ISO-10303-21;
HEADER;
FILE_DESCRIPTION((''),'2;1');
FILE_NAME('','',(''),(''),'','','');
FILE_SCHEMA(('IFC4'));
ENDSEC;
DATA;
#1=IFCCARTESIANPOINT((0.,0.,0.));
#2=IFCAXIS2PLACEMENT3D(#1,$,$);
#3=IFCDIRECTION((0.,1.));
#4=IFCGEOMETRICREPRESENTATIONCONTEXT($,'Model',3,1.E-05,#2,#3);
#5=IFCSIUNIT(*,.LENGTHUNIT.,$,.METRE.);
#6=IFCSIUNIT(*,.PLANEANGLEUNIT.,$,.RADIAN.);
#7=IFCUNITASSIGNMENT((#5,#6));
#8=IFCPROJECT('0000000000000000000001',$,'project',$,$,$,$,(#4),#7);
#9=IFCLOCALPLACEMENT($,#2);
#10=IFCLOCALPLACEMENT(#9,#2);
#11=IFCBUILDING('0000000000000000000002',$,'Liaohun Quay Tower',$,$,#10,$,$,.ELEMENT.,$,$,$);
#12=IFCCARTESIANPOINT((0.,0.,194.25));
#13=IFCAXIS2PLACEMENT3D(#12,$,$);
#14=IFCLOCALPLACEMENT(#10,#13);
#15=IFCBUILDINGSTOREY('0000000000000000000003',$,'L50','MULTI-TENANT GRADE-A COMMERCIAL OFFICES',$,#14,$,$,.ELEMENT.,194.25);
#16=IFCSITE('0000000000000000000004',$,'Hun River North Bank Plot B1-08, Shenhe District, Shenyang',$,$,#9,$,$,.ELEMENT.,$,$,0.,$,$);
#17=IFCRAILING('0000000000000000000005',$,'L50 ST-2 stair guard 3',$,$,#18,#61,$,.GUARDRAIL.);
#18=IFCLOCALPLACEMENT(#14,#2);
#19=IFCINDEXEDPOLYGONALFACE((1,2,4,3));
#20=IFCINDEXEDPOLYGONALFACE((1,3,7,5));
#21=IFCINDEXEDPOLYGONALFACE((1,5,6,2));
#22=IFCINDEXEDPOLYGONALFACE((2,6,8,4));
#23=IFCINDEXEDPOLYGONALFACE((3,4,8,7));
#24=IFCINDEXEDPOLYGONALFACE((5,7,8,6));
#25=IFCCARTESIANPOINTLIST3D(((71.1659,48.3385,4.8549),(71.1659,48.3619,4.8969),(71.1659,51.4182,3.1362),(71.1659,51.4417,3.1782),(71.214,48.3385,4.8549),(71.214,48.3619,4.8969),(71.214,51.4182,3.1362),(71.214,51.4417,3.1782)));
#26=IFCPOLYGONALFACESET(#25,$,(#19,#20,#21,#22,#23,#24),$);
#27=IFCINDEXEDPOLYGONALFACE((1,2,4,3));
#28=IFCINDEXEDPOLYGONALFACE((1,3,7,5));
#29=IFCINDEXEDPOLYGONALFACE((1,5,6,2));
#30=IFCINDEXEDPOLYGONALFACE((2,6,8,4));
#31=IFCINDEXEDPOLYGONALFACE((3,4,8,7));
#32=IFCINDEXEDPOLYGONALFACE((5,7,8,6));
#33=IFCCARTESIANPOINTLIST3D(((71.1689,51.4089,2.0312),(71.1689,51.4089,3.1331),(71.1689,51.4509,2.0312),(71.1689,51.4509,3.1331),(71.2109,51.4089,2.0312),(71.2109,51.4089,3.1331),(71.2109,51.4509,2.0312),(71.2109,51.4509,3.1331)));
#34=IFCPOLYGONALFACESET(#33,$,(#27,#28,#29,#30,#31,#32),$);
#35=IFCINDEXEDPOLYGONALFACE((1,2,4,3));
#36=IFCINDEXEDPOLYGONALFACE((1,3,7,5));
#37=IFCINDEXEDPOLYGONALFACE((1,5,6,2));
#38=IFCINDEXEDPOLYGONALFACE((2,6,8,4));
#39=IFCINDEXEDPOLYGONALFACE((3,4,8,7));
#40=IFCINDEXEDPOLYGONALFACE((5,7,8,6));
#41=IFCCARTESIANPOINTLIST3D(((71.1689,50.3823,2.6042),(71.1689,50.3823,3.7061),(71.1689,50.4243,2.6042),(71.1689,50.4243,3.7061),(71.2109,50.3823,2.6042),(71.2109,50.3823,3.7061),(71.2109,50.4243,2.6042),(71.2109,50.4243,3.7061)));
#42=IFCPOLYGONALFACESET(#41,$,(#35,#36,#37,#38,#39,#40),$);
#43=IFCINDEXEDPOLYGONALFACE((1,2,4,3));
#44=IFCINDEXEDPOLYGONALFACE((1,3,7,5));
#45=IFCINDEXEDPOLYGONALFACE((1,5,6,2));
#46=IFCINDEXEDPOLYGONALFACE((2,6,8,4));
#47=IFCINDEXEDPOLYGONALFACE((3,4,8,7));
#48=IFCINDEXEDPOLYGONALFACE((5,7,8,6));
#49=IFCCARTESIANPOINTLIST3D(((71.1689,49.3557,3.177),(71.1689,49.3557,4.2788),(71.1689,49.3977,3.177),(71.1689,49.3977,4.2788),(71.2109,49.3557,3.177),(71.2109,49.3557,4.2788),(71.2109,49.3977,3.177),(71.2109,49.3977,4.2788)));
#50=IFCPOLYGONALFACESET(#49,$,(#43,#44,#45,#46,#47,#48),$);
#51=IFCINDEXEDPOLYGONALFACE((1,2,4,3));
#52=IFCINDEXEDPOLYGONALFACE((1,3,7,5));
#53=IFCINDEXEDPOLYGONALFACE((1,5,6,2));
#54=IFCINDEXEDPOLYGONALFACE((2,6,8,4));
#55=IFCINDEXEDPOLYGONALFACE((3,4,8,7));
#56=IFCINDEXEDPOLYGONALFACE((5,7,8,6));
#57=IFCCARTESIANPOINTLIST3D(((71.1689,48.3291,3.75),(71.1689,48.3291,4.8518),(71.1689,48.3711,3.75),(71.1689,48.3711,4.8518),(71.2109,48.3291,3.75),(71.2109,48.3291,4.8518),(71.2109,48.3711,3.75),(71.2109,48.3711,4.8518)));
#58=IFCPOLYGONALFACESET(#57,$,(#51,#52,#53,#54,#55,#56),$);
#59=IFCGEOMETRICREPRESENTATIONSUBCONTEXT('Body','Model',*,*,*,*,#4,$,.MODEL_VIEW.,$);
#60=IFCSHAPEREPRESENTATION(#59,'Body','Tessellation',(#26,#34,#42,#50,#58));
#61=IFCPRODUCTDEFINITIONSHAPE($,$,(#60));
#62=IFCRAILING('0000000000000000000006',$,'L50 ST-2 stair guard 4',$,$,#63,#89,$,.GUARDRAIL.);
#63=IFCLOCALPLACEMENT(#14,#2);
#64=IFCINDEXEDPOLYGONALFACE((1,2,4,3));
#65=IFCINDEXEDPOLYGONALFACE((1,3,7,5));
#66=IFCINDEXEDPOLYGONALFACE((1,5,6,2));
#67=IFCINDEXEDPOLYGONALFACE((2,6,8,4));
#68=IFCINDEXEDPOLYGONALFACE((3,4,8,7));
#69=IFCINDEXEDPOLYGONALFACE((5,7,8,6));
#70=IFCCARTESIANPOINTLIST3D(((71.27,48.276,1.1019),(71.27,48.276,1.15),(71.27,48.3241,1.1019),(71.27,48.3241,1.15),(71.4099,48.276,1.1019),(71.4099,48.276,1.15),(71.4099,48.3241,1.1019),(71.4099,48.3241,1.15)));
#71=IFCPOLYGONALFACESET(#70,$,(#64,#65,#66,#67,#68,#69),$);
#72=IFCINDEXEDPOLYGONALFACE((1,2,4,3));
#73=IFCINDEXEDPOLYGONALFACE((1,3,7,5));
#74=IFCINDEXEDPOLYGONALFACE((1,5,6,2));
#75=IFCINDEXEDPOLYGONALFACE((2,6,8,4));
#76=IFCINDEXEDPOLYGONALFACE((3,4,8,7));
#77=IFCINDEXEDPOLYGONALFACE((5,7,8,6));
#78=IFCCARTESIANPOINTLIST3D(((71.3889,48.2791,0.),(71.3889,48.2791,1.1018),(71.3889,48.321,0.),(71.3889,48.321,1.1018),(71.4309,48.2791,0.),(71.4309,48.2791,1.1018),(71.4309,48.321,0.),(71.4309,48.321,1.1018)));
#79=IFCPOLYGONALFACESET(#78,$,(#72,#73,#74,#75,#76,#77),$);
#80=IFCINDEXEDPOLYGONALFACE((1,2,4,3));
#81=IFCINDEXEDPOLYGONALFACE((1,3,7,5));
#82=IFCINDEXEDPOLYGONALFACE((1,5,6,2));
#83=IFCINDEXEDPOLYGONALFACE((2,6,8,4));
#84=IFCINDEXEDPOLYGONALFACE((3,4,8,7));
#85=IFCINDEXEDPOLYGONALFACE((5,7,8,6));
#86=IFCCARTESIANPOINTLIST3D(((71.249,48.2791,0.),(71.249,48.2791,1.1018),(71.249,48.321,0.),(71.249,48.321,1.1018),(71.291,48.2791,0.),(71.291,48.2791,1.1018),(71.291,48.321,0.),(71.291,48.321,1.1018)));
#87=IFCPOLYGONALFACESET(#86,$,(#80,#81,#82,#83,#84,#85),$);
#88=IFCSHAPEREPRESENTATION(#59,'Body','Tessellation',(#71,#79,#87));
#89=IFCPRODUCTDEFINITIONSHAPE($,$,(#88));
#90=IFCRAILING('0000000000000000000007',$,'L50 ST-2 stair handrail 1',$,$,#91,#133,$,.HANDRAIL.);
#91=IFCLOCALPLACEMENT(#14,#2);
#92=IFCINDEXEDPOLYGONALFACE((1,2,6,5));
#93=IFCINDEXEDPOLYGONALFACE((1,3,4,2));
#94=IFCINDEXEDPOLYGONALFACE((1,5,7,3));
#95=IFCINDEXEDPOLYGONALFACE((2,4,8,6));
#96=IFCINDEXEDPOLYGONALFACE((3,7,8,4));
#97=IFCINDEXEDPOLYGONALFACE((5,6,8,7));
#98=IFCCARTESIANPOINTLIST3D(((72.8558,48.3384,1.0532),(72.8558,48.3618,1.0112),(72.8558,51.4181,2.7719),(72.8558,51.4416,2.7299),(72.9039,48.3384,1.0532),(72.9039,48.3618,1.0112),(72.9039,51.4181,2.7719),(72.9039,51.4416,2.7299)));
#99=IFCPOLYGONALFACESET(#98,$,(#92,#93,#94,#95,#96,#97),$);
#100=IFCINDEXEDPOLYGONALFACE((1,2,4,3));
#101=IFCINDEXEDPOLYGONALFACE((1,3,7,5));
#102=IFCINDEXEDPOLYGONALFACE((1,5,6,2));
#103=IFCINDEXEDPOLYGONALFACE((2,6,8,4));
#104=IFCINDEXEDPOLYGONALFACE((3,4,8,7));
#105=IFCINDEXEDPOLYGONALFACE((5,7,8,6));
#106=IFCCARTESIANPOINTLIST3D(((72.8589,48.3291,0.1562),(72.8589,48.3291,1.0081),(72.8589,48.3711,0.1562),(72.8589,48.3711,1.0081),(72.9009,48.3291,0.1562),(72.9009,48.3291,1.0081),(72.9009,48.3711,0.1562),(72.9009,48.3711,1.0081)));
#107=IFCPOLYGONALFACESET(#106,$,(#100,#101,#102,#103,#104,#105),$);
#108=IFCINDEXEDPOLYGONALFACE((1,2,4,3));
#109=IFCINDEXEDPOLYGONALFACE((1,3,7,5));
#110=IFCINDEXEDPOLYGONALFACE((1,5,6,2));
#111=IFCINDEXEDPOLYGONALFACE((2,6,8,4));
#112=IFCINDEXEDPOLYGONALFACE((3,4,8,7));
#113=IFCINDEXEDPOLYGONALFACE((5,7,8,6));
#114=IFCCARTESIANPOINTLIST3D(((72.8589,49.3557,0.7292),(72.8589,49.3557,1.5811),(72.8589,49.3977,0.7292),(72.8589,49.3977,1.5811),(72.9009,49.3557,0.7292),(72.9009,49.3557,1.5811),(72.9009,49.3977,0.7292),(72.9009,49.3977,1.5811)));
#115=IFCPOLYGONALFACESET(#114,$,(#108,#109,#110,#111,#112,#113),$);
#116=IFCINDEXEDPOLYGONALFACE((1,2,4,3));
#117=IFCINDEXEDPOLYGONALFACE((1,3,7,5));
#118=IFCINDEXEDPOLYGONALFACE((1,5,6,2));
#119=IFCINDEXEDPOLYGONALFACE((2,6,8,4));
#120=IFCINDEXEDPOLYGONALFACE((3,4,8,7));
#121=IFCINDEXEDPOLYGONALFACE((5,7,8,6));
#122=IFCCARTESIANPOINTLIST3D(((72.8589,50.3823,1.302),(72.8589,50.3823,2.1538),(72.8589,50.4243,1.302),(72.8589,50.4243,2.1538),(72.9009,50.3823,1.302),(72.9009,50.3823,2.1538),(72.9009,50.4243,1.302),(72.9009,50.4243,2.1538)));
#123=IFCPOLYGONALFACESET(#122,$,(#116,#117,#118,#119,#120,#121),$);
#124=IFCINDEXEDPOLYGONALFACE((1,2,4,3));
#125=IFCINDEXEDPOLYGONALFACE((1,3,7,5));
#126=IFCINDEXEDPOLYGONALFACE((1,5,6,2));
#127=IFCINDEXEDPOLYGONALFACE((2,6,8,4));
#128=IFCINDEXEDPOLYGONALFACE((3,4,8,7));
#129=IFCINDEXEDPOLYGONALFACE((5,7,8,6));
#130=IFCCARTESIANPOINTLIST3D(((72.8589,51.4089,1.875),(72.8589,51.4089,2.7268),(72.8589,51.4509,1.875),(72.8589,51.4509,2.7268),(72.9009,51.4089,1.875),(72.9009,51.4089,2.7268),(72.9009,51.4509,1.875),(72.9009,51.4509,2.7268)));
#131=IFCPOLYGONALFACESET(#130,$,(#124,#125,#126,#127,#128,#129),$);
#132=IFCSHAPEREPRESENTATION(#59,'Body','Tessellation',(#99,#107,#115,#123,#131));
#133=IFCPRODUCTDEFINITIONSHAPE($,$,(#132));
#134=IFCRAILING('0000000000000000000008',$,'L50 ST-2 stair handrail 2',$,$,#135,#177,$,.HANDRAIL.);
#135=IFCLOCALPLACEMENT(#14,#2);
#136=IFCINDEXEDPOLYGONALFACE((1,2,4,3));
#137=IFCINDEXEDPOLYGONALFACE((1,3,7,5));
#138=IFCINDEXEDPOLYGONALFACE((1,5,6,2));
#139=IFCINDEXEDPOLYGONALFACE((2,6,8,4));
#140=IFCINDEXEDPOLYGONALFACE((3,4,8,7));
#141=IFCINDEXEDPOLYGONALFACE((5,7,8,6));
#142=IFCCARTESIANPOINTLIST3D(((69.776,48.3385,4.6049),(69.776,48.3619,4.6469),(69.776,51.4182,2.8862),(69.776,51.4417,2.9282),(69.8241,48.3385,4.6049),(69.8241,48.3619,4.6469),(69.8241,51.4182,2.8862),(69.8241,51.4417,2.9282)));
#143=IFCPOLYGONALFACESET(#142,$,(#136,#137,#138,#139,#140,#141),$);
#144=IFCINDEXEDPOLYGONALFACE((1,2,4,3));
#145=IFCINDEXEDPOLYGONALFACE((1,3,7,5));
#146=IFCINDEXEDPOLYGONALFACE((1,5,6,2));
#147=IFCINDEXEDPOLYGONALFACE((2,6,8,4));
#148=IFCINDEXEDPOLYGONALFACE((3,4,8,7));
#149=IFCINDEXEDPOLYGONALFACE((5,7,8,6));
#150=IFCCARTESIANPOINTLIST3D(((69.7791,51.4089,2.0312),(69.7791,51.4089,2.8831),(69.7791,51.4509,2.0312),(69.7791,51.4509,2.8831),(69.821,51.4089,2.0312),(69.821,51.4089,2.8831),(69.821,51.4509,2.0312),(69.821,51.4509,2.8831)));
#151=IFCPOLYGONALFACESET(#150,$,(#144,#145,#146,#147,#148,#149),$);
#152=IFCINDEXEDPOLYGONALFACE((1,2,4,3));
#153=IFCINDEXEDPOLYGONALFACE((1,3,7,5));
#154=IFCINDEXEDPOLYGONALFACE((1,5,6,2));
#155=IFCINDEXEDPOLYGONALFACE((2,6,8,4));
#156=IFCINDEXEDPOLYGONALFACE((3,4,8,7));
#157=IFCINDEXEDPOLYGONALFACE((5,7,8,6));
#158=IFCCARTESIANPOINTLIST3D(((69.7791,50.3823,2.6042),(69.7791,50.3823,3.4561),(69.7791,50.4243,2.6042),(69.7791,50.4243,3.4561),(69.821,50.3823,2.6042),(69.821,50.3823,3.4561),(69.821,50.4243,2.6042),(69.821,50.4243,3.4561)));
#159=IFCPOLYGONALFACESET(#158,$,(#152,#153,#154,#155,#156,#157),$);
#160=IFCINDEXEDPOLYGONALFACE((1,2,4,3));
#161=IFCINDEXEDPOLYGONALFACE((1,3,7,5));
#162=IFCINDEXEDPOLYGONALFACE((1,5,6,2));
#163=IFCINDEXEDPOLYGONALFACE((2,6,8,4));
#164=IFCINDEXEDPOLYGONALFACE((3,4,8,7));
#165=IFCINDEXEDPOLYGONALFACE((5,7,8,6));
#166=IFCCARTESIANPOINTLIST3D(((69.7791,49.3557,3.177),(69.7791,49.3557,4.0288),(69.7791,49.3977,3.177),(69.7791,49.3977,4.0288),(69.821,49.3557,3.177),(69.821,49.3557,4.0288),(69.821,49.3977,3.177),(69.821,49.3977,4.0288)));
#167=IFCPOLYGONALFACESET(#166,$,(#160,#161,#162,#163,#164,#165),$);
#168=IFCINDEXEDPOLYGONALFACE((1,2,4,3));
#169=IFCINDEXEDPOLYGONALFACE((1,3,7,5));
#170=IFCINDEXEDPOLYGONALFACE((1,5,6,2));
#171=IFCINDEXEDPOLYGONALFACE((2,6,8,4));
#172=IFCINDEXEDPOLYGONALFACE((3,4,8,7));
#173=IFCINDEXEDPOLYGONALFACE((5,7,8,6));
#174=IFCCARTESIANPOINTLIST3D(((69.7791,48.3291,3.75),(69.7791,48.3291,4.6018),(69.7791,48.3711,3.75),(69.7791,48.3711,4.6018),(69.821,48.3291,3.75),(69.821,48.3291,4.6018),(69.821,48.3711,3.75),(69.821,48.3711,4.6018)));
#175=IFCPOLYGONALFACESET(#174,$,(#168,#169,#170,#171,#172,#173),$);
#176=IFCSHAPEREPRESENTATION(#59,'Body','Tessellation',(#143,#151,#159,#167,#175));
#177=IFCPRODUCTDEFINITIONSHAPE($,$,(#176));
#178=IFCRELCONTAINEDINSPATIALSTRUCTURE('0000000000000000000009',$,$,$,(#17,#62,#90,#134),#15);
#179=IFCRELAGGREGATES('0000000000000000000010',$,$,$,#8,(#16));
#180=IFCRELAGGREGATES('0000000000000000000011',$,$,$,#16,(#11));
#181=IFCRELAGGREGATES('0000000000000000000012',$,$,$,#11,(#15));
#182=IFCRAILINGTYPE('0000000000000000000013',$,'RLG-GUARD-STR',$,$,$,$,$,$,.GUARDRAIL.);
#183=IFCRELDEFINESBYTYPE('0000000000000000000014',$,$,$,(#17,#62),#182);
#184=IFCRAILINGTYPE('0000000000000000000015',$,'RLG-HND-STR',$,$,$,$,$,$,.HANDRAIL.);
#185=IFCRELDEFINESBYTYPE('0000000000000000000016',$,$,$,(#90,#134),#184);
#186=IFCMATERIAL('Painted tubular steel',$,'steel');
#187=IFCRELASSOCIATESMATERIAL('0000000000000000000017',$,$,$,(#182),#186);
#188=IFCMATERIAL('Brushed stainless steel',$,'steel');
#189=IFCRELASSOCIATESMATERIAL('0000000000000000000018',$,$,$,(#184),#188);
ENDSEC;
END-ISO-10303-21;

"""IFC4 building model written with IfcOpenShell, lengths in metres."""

from ifc_helpers import new_model, si_unit, direction, frame, origin, origin_2d, place, context, subcontext, project, spatial, rectangle, extrude, material, type_object, element, save


model = new_model("IFC4")

# Units and contexts
model_context = context("Model", 3, precision=1e-05, world=origin(), true_north=direction((0.0, 1.0)))
body_context = subcontext(model_context, "Body", "Model", "MODEL_VIEW")
ifc_project = project(units=[si_unit("LENGTHUNIT", "METRE"), si_unit("PLANEANGLEUNIT", "RADIAN")], contexts=[model_context])

# Site, building, storey
site_placement = place(None, origin())
site = spatial("IfcSite", under=ifc_project, at=site_placement, Name="Hun River North Bank Plot B1-08, Shenhe District, Shenyang", CompositionType="ELEMENT", RefElevation=0.0)
building_placement = place(site_placement, origin())
building = spatial("IfcBuilding", under=site, at=building_placement, Name="Liaohun Quay Tower", CompositionType="ELEMENT")
storey_placement = place(building_placement, frame((0.0, 0.0, 194.25)))
storey = spatial("IfcBuildingStorey", under=building, at=storey_placement, Name="L50", Description="MULTI-TENANT GRADE-A COMMERCIAL OFFICES", CompositionType="ELEMENT", Elevation=194.25)

# Railings
ifc_material_1 = material(Name="Painted tubular steel", Category="steel")
railing_type_1 = type_object("IfcRailingType", Name="RLG-GUARD-STR", PredefinedType="GUARDRAIL", material=ifc_material_1)
railing_1_placement = place(storey_placement, frame((71.1899, 51.4299, 2.0312)))
element("IfcRailing", 1, at=railing_1_placement, inside=storey, type_object=railing_type_1, Name="L50 ST-2 stair guard 3", PredefinedType="GUARDRAIL", context=body_context, shape_type="SweptSolid", body=[
    extrude(rectangle(XDim=0.0481, YDim=0.0481, at=origin_2d()), frame((0.0, 0.0, 1.126), z_axis=(0.0, -0.873225, 0.487317), x_axis=(1.0, 0.0, 0.0)), (0.0, 0.0, 1.0), 3.5269),
    extrude(rectangle(XDim=0.042, YDim=0.042, at=origin_2d()), origin(), (0.0, 0.0, 1.0), 1.1018),
    extrude(rectangle(XDim=0.042, YDim=0.042, at=origin_2d()), frame((0.0, -1.0266, 0.573)), (0.0, 0.0, 1.0), 1.1018),
    extrude(rectangle(XDim=0.042, YDim=0.042, at=origin_2d()), frame((0.0, -2.0532, 1.1458)), (0.0, 0.0, 1.0), 1.1018),
    extrude(rectangle(XDim=0.042, YDim=0.042, at=origin_2d()), frame((0.0, -3.0798, 1.7188)), (0.0, 0.0, 1.0), 1.1018),
])
railing_2_placement = place(storey_placement, frame((71.4099, 48.3, 0.0)))
element("IfcRailing", 2, at=railing_2_placement, inside=storey, type_object=railing_type_1, Name="L50 ST-2 stair guard 4", PredefinedType="GUARDRAIL", context=body_context, shape_type="SweptSolid", body=[
    extrude(rectangle(XDim=0.0481, YDim=0.0481, at=origin_2d()), frame((0.0, 0.0, 1.126), z_axis=(-1.0, 0.0, 0.0), x_axis=(0.0, -1.0, 0.0)), (0.0, 0.0, 1.0), 0.1399),
    extrude(rectangle(XDim=0.042, YDim=0.042, at=origin_2d()), origin(), (0.0, 0.0, 1.0), 1.1018),
    extrude(rectangle(XDim=0.042, YDim=0.042, at=origin_2d()), frame((-0.1399, 0.0, 0.0)), (0.0, 0.0, 1.0), 1.1018),
])
ifc_material_2 = material(Name="Brushed stainless steel", Category="steel")
railing_type_2 = type_object("IfcRailingType", Name="RLG-HND-STR", PredefinedType="HANDRAIL", material=ifc_material_2)
railing_3_placement = place(storey_placement, frame((72.8799, 48.3501, 0.1562)))
element("IfcRailing", 3, at=railing_3_placement, inside=storey, type_object=railing_type_2, Name="L50 ST-2 stair handrail 1", PredefinedType="HANDRAIL", context=body_context, shape_type="SweptSolid", body=[
    extrude(rectangle(XDim=0.0481, YDim=0.0481, at=origin_2d()), frame((0.0, 0.0, 0.876), z_axis=(0.0, 0.873225, 0.487317), x_axis=(-1.0, 0.0, 0.0)), (0.0, 0.0, 1.0), 3.5269),
    extrude(rectangle(XDim=0.042, YDim=0.042, at=origin_2d()), origin(), (0.0, 0.0, 1.0), 0.8518),
    extrude(rectangle(XDim=0.042, YDim=0.042, at=origin_2d()), frame((0.0, 1.0266, 0.573)), (0.0, 0.0, 1.0), 0.8518),
    extrude(rectangle(XDim=0.042, YDim=0.042, at=origin_2d()), frame((0.0, 2.0532, 1.1458)), (0.0, 0.0, 1.0), 0.8518),
    extrude(rectangle(XDim=0.042, YDim=0.042, at=origin_2d()), frame((0.0, 3.0798, 1.7188)), (0.0, 0.0, 1.0), 0.8518),
])
railing_4_placement = place(storey_placement, frame((69.8, 51.4299, 2.0312)))
element("IfcRailing", 4, at=railing_4_placement, inside=storey, type_object=railing_type_2, Name="L50 ST-2 stair handrail 2", PredefinedType="HANDRAIL", context=body_context, shape_type="SweptSolid", body=[
    extrude(rectangle(XDim=0.0481, YDim=0.0481, at=origin_2d()), frame((0.0, 0.0, 0.876), z_axis=(0.0, -0.873225, 0.487317), x_axis=(1.0, 0.0, 0.0)), (0.0, 0.0, 1.0), 3.5269),
    extrude(rectangle(XDim=0.042, YDim=0.042, at=origin_2d()), origin(), (0.0, 0.0, 1.0), 0.8518),
    extrude(rectangle(XDim=0.042, YDim=0.042, at=origin_2d()), frame((0.0, -1.0266, 0.573)), (0.0, 0.0, 1.0), 0.8518),
    extrude(rectangle(XDim=0.042, YDim=0.042, at=origin_2d()), frame((0.0, -2.0532, 1.1458)), (0.0, 0.0, 1.0), 0.8518),
    extrude(rectangle(XDim=0.042, YDim=0.042, at=origin_2d()), frame((0.0, -3.0798, 1.7188)), (0.0, 0.0, 1.0), 0.8518),
])

save(model, "model.ifc")
